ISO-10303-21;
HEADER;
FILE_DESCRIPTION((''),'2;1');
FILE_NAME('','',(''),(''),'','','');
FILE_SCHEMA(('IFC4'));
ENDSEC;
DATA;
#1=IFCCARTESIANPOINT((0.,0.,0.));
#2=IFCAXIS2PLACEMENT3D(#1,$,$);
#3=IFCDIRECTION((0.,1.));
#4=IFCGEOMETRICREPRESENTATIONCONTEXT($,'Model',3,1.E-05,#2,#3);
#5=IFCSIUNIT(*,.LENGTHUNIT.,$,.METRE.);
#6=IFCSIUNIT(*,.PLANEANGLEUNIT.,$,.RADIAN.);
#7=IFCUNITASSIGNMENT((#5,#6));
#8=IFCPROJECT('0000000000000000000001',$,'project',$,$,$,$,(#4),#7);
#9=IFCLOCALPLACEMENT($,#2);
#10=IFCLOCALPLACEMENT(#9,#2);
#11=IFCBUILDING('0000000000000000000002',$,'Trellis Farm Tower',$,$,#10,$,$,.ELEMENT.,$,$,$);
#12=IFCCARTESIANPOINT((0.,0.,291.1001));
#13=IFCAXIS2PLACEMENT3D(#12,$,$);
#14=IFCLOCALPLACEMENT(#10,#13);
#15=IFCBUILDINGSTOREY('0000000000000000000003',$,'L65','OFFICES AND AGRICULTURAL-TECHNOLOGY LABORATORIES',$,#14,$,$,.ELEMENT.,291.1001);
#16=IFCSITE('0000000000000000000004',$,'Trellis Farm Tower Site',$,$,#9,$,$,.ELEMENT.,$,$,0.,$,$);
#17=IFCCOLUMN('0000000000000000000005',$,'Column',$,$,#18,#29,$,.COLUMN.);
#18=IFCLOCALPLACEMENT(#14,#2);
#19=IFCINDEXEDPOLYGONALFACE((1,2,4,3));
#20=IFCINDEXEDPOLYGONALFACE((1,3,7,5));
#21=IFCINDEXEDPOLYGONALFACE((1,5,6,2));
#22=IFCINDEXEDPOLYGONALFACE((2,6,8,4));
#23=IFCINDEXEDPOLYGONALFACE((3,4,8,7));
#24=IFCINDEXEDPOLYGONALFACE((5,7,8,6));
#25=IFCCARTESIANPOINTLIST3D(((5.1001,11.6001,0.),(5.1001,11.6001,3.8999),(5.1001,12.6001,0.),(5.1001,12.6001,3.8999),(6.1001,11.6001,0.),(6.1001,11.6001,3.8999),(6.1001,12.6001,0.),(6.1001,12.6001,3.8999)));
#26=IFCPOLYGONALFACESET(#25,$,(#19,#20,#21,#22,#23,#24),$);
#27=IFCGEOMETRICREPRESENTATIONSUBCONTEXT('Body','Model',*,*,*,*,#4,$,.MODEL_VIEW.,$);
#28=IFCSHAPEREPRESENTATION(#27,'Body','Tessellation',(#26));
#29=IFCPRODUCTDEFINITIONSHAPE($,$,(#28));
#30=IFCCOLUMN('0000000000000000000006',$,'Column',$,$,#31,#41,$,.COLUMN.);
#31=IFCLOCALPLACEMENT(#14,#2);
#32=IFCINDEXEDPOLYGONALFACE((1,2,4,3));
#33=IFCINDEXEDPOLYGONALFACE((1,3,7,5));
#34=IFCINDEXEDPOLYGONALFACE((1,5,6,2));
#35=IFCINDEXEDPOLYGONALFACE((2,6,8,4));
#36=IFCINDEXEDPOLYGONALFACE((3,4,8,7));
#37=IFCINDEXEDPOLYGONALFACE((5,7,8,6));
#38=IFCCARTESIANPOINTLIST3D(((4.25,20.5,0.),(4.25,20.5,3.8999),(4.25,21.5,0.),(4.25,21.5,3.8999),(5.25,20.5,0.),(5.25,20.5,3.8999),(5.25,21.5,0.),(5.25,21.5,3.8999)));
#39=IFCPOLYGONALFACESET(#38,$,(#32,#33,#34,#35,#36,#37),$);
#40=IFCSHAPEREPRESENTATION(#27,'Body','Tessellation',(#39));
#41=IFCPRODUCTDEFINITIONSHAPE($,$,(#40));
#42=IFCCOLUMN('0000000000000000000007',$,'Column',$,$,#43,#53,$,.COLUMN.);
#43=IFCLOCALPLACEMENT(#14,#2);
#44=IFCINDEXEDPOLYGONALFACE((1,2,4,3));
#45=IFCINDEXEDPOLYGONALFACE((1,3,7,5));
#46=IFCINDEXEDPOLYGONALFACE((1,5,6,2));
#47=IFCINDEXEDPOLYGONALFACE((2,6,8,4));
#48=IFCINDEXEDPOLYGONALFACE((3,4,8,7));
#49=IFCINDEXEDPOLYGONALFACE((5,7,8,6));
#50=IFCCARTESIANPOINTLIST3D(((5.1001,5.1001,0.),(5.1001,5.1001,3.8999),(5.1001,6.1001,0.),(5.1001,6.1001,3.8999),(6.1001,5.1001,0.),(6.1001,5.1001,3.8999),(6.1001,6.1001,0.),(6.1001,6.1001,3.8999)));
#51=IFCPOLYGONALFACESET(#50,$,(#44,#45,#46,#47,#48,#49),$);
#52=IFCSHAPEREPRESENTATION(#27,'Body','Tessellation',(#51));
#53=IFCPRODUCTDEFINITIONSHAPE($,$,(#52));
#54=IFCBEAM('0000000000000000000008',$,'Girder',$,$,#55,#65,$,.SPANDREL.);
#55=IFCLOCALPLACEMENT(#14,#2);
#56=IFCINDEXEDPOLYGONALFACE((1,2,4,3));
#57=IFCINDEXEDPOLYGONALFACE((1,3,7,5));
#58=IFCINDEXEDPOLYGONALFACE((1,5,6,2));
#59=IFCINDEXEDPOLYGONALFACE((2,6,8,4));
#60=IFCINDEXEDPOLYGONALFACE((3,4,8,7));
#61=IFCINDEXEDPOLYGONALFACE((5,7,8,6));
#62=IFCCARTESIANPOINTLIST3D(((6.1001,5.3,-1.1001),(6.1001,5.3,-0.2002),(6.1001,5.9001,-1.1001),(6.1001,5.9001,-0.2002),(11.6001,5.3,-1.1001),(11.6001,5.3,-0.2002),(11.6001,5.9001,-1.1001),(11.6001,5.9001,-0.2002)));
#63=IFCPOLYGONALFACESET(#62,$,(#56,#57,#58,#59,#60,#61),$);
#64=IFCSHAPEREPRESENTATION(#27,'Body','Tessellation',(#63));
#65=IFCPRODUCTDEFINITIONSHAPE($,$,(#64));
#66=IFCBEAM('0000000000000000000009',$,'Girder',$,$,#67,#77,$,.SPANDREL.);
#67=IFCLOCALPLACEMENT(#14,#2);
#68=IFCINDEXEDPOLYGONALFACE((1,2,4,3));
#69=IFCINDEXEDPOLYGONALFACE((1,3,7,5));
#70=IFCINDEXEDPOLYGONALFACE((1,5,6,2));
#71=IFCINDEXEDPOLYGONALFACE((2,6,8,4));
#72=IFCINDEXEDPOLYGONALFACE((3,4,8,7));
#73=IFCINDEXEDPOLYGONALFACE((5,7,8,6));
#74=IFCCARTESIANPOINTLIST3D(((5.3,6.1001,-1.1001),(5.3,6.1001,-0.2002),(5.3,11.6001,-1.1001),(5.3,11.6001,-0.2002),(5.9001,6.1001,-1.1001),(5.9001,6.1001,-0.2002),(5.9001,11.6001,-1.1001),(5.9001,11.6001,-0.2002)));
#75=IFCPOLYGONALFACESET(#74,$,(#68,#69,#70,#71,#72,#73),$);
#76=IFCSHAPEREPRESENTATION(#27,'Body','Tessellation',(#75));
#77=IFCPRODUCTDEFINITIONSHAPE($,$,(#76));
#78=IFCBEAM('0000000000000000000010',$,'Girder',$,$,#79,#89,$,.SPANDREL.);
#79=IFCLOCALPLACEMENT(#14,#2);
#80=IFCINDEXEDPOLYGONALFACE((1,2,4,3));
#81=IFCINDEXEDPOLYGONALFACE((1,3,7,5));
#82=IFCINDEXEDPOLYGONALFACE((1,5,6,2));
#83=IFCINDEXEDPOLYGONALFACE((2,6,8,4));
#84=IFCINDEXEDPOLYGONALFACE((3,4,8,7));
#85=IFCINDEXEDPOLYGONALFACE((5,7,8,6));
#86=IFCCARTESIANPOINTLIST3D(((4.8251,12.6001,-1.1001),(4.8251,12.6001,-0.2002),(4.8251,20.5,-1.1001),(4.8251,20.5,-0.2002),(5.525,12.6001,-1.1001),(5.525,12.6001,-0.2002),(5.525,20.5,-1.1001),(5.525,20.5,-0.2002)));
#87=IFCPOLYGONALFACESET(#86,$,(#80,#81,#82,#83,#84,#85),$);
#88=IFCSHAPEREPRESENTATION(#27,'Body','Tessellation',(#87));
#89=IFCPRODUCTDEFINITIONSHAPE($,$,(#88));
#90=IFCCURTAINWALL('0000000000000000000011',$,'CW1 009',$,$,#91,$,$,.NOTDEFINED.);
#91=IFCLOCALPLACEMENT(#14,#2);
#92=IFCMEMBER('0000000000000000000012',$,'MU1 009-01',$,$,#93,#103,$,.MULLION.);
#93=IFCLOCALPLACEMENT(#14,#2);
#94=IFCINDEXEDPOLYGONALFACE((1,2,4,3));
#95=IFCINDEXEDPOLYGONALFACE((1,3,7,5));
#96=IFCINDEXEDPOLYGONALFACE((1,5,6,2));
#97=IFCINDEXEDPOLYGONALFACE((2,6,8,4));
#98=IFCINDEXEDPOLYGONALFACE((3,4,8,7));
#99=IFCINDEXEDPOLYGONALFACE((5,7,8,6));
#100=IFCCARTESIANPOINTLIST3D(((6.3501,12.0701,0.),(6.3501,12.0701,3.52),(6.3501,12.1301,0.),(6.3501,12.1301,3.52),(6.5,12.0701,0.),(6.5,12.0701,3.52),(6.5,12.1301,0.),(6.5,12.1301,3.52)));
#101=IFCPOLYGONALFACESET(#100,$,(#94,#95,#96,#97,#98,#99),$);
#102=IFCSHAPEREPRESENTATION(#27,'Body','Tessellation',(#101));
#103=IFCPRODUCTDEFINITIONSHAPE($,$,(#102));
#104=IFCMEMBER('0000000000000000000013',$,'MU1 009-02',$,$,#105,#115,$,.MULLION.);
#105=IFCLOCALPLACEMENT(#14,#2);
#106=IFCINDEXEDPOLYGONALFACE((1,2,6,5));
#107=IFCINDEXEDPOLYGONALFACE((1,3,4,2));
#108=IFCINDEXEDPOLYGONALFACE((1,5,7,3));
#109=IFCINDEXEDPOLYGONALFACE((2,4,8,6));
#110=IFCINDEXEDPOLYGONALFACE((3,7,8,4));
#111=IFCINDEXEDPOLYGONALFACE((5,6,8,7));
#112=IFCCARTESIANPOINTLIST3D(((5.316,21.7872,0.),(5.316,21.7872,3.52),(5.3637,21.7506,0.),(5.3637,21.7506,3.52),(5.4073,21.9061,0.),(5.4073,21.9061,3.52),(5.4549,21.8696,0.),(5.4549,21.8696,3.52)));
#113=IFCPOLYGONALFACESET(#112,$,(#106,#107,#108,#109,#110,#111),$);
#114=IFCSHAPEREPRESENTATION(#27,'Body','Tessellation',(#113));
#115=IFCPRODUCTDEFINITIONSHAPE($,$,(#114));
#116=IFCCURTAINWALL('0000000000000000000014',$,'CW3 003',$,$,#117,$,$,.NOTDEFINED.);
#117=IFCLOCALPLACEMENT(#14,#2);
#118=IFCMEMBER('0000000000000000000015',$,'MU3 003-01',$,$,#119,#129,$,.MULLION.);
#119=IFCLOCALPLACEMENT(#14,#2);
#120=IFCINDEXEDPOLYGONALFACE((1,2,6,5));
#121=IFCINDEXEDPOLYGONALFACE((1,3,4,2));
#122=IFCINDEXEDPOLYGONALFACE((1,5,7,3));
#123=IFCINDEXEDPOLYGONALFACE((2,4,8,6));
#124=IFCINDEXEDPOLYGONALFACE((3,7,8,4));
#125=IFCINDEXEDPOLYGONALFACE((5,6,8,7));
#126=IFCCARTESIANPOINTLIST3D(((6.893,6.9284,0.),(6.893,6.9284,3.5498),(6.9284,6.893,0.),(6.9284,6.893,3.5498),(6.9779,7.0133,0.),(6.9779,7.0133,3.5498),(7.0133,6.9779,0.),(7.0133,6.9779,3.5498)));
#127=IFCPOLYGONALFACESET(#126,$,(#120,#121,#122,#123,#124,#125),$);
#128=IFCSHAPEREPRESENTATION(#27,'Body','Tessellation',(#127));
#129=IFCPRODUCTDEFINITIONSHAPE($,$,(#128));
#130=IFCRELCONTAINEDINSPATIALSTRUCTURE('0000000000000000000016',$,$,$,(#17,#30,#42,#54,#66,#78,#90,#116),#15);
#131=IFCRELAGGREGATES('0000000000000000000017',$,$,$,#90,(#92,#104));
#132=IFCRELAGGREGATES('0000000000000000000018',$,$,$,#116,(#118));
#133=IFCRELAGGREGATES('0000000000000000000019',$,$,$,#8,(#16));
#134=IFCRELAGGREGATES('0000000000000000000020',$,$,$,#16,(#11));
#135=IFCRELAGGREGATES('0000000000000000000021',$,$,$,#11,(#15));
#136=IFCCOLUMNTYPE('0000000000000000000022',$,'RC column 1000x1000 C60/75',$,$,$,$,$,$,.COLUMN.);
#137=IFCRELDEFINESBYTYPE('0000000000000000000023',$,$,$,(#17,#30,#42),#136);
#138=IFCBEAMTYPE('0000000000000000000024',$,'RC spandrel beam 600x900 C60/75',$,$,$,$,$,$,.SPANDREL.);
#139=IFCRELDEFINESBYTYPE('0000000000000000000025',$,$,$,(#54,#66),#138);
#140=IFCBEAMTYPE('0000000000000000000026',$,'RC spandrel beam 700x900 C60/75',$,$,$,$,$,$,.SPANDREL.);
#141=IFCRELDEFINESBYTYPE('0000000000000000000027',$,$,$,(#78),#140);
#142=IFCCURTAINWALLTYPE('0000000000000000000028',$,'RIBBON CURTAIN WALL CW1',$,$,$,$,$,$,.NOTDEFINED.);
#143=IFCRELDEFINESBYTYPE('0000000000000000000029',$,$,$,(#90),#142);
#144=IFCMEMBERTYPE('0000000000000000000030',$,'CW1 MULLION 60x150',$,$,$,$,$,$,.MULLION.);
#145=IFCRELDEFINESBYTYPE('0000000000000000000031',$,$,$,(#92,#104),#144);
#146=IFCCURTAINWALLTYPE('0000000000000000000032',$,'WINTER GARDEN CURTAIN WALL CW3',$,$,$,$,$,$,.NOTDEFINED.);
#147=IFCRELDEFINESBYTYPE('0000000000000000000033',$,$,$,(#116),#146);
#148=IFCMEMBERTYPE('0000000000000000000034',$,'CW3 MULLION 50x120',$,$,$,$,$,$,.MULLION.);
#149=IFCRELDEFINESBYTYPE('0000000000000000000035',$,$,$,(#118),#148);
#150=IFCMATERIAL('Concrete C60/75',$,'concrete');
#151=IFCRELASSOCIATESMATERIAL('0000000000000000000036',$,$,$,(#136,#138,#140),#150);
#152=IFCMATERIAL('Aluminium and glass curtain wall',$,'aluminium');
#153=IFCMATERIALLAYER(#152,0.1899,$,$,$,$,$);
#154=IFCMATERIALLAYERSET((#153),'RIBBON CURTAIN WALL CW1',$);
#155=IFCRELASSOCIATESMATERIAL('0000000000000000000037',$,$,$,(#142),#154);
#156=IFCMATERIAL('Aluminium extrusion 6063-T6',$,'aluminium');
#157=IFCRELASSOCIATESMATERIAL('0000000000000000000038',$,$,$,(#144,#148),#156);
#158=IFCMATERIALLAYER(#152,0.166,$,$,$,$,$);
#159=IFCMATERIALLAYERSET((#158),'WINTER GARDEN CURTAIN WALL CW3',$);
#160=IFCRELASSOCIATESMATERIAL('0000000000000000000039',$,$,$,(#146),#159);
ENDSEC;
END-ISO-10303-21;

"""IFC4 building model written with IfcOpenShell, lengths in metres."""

from ifc_helpers import new_model, si_unit, direction, frame, origin, origin_2d, place, context, subcontext, project, spatial, rectangle, extrude, source, transform, mapped, material, layer, layer_set, material_profile, profile_set, type_object, element, aggregate, save


model = new_model("IFC4")

# Units and contexts
model_context = context("Model", 3, precision=1e-05, world=origin(), true_north=direction((0.0, 1.0)))
body_context = subcontext(model_context, "Body", "Model", "MODEL_VIEW")
ifc_project = project(units=[si_unit("LENGTHUNIT", "METRE"), si_unit("PLANEANGLEUNIT", "RADIAN")], contexts=[model_context])

# Site, building, storey
site_placement = place(None, origin())
site = spatial("IfcSite", under=ifc_project, at=site_placement, Name="Trellis Farm Tower Site", CompositionType="ELEMENT", RefElevation=0.0)
building_placement = place(site_placement, origin())
building = spatial("IfcBuilding", under=site, at=building_placement, Name="Trellis Farm Tower", CompositionType="ELEMENT")
storey_placement = place(building_placement, frame((0.0, 0.0, 291.1001)))
storey = spatial("IfcBuildingStorey", under=building, at=storey_placement, Name="L65", Description="OFFICES AND AGRICULTURAL-TECHNOLOGY LABORATORIES", CompositionType="ELEMENT", Elevation=291.1001)

# Columns
ifc_material_1 = material(Name="Concrete C60/75", Category="concrete")
ifc_material_profile_1 = material_profile(ifc_material_1, rectangle(XDim=1.0, YDim=1.0, at=origin_2d()), Name="RC column 1000x1000 C60/75")
ifc_profile_set_1 = profile_set([ifc_material_profile_1], Name="Concrete C60/75")
column_type = type_object("IfcColumnType", Name="RC column 1000x1000 C60/75", PredefinedType="COLUMN", material=ifc_profile_set_1)
shared_shape_1 = source(origin(), body_context, "Body", "SweptSolid", [
    extrude(rectangle(XDim=1.0, YDim=1.0, at=origin_2d()), origin(), (0.0, 0.0, 1.0), 3.8999),
])
for number, where, z_axis, x_axis, name in (
    (1, (5.6001, 12.1001, 0.0), (0.0, 0.0, 1.0), (1.0, 0.0, 0.0), "Column"),
    (2, (4.75, 21.0, 0.0), (0.0, 0.0, 1.0), (1.0, 0.0, 0.0), "Column"),
    (3, (5.6001, 5.6001, 0.0), (0.0, 0.0, 1.0), (1.0, 0.0, 0.0), "Column"),
):
    element("IfcColumn", number, at=place(storey_placement, frame(where, z_axis=z_axis, x_axis=x_axis)), inside=storey, type_object=column_type, Name=name, PredefinedType="COLUMN", context=body_context, shape_type="MappedRepresentation", body=[
        mapped(shared_shape_1, transform((0.0, 0.0, 0.0))),
    ])

# Beams
ifc_material_profile_2 = material_profile(ifc_material_1, rectangle(XDim=0.6001, YDim=0.8999, at=origin_2d()), Name="RC spandrel beam 600x900 C60/75")
ifc_profile_set_2 = profile_set([ifc_material_profile_2], Name="Concrete C60/75")
beam_type_1 = type_object("IfcBeamType", Name="RC spandrel beam 600x900 C60/75", PredefinedType="SPANDREL", material=ifc_profile_set_2)
shared_shape_2 = source(origin(), body_context, "Body", "SweptSolid", [
    extrude(rectangle(XDim=0.6001, YDim=0.8999, at=origin_2d()), origin(), (0.0, 0.0, 1.0), 5.5),
])
for number, where, z_axis, x_axis, name in (
    (4, (6.1001, 5.6001, -0.6501), (1.0, 0.0, 0.0), (0.0, 1.0, 0.0), "Girder"),
    (5, (5.6001, 6.1001, -0.6501), (0.0, 1.0, 0.0), (-1.0, 0.0, 0.0), "Girder"),
):
    element("IfcBeam", number, at=place(storey_placement, frame(where, z_axis=z_axis, x_axis=x_axis)), inside=storey, type_object=beam_type_1, Name=name, PredefinedType="SPANDREL", context=body_context, shape_type="MappedRepresentation", body=[
        mapped(shared_shape_2, transform((0.0, 0.0, 0.0))),
    ])
ifc_material_profile_3 = material_profile(ifc_material_1, rectangle(XDim=0.7, YDim=0.8999, at=origin_2d()), Name="RC spandrel beam 700x900 C60/75")
ifc_profile_set_3 = profile_set([ifc_material_profile_3], Name="Concrete C60/75")
beam_type_2 = type_object("IfcBeamType", Name="RC spandrel beam 700x900 C60/75", PredefinedType="SPANDREL", material=ifc_profile_set_3)
shared_shape_3 = source(origin(), body_context, "Body", "SweptSolid", [
    extrude(rectangle(XDim=0.7, YDim=0.8999, at=origin_2d()), origin(), (0.0, 0.0, 1.0), 7.8999),
])
beam_placement = place(storey_placement, frame((5.175, 12.6001, -0.6501), z_axis=(0.0, 1.0, 0.0), x_axis=(-1.0, 0.0, 0.0)))
element("IfcBeam", 6, at=beam_placement, inside=storey, type_object=beam_type_2, Name="Girder", PredefinedType="SPANDREL", context=body_context, shape_type="MappedRepresentation", body=[
    mapped(shared_shape_3, transform((0.0, 0.0, 0.0))),
])

# Curtain wall, members
ifc_material_2 = material(Name="Aluminium and glass curtain wall", Category="aluminium")
ifc_layer_1 = layer(ifc_material_2, 0.1899)
ifc_layer_set_1 = layer_set([ifc_layer_1], Name="RIBBON CURTAIN WALL CW1")
curtain_wall_type_1 = type_object("IfcCurtainWallType", Name="RIBBON CURTAIN WALL CW1", PredefinedType="NOTDEFINED", material=ifc_layer_set_1)
placement = place(storey_placement, origin())
curtain_wall_1 = element("IfcCurtainWall", 7, at=placement, inside=storey, type_object=curtain_wall_type_1, Name="CW1 009", PredefinedType="NOTDEFINED")
ifc_material_3 = material(Name="Aluminium extrusion 6063-T6", Category="aluminium")
ifc_material_profile_4 = material_profile(ifc_material_3, rectangle(XDim=0.0601, YDim=0.1499, at=origin_2d()), Name="MULLION 60x150")
ifc_profile_set_4 = profile_set([ifc_material_profile_4], Name="Aluminium extrusion 6063-T6")
member_type_1 = type_object("IfcMemberType", Name="CW1 MULLION 60x150", PredefinedType="MULLION", material=ifc_profile_set_4)
shared_shape_4 = source(origin(), body_context, "Body", "SweptSolid", [
    extrude(rectangle(XDim=0.0601, YDim=0.1499, at=origin_2d()), origin(), (0.0, 0.0, 1.0), 3.52),
])
member_1_placement = place(storey_placement, frame((6.425, 12.1001, 0.0), z_axis=(0.0, 0.0, 1.0), x_axis=(0.0, 1.0, 0.0)))
member_1 = element("IfcMember", 8, at=member_1_placement, type_object=member_type_1, Name="MU1 009-01", PredefinedType="MULLION", context=body_context, shape_type="MappedRepresentation", body=[
    mapped(shared_shape_4, transform((0.0, 0.0, 0.0))),
])
member_2_placement = place(storey_placement, frame((5.3855, 21.8284, 0.0), z_axis=(0.0, 0.0, 1.0), x_axis=(-0.793353, 0.608761, 0.0)))
member_2 = element("IfcMember", 9, at=member_2_placement, type_object=member_type_1, Name="MU1 009-02", PredefinedType="MULLION", context=body_context, shape_type="MappedRepresentation", body=[
    mapped(shared_shape_4, transform((0.0, 0.0, 0.0))),
])
aggregate(curtain_wall_1, [member_1, member_2])

# Curtain wall, member
ifc_layer_2 = layer(ifc_material_2, 0.166)
ifc_layer_set_2 = layer_set([ifc_layer_2], Name="WINTER GARDEN CURTAIN WALL CW3")
curtain_wall_type_2 = type_object("IfcCurtainWallType", Name="WINTER GARDEN CURTAIN WALL CW3", PredefinedType="NOTDEFINED", material=ifc_layer_set_2)
curtain_wall_2 = element("IfcCurtainWall", 10, at=placement, inside=storey, type_object=curtain_wall_type_2, Name="CW3 003", PredefinedType="NOTDEFINED")
ifc_material_profile_5 = material_profile(ifc_material_3, rectangle(XDim=0.05, YDim=0.1201, at=origin_2d()), Name="MULLION 50x120")
ifc_profile_set_5 = profile_set([ifc_material_profile_5], Name="Aluminium extrusion 6063-T6")
member_type_2 = type_object("IfcMemberType", Name="CW3 MULLION 50x120", PredefinedType="MULLION", material=ifc_profile_set_5)
shared_shape_5 = source(origin(), body_context, "Body", "SweptSolid", [
    extrude(rectangle(XDim=0.05, YDim=0.1201, at=origin_2d()), origin(), (0.0, 0.0, 1.0), 3.5498),
])
member_3_placement = place(storey_placement, frame((6.9531, 6.9531, 0.0), z_axis=(0.0, 0.0, 1.0), x_axis=(-0.707107, 0.707107, 0.0)))
member_3 = element("IfcMember", 11, at=member_3_placement, type_object=member_type_2, Name="MU3 003-01", PredefinedType="MULLION", context=body_context, shape_type="MappedRepresentation", body=[
    mapped(shared_shape_5, transform((0.0, 0.0, 0.0))),
])
aggregate(curtain_wall_2, [member_3])

save(model, "model.ifc")
